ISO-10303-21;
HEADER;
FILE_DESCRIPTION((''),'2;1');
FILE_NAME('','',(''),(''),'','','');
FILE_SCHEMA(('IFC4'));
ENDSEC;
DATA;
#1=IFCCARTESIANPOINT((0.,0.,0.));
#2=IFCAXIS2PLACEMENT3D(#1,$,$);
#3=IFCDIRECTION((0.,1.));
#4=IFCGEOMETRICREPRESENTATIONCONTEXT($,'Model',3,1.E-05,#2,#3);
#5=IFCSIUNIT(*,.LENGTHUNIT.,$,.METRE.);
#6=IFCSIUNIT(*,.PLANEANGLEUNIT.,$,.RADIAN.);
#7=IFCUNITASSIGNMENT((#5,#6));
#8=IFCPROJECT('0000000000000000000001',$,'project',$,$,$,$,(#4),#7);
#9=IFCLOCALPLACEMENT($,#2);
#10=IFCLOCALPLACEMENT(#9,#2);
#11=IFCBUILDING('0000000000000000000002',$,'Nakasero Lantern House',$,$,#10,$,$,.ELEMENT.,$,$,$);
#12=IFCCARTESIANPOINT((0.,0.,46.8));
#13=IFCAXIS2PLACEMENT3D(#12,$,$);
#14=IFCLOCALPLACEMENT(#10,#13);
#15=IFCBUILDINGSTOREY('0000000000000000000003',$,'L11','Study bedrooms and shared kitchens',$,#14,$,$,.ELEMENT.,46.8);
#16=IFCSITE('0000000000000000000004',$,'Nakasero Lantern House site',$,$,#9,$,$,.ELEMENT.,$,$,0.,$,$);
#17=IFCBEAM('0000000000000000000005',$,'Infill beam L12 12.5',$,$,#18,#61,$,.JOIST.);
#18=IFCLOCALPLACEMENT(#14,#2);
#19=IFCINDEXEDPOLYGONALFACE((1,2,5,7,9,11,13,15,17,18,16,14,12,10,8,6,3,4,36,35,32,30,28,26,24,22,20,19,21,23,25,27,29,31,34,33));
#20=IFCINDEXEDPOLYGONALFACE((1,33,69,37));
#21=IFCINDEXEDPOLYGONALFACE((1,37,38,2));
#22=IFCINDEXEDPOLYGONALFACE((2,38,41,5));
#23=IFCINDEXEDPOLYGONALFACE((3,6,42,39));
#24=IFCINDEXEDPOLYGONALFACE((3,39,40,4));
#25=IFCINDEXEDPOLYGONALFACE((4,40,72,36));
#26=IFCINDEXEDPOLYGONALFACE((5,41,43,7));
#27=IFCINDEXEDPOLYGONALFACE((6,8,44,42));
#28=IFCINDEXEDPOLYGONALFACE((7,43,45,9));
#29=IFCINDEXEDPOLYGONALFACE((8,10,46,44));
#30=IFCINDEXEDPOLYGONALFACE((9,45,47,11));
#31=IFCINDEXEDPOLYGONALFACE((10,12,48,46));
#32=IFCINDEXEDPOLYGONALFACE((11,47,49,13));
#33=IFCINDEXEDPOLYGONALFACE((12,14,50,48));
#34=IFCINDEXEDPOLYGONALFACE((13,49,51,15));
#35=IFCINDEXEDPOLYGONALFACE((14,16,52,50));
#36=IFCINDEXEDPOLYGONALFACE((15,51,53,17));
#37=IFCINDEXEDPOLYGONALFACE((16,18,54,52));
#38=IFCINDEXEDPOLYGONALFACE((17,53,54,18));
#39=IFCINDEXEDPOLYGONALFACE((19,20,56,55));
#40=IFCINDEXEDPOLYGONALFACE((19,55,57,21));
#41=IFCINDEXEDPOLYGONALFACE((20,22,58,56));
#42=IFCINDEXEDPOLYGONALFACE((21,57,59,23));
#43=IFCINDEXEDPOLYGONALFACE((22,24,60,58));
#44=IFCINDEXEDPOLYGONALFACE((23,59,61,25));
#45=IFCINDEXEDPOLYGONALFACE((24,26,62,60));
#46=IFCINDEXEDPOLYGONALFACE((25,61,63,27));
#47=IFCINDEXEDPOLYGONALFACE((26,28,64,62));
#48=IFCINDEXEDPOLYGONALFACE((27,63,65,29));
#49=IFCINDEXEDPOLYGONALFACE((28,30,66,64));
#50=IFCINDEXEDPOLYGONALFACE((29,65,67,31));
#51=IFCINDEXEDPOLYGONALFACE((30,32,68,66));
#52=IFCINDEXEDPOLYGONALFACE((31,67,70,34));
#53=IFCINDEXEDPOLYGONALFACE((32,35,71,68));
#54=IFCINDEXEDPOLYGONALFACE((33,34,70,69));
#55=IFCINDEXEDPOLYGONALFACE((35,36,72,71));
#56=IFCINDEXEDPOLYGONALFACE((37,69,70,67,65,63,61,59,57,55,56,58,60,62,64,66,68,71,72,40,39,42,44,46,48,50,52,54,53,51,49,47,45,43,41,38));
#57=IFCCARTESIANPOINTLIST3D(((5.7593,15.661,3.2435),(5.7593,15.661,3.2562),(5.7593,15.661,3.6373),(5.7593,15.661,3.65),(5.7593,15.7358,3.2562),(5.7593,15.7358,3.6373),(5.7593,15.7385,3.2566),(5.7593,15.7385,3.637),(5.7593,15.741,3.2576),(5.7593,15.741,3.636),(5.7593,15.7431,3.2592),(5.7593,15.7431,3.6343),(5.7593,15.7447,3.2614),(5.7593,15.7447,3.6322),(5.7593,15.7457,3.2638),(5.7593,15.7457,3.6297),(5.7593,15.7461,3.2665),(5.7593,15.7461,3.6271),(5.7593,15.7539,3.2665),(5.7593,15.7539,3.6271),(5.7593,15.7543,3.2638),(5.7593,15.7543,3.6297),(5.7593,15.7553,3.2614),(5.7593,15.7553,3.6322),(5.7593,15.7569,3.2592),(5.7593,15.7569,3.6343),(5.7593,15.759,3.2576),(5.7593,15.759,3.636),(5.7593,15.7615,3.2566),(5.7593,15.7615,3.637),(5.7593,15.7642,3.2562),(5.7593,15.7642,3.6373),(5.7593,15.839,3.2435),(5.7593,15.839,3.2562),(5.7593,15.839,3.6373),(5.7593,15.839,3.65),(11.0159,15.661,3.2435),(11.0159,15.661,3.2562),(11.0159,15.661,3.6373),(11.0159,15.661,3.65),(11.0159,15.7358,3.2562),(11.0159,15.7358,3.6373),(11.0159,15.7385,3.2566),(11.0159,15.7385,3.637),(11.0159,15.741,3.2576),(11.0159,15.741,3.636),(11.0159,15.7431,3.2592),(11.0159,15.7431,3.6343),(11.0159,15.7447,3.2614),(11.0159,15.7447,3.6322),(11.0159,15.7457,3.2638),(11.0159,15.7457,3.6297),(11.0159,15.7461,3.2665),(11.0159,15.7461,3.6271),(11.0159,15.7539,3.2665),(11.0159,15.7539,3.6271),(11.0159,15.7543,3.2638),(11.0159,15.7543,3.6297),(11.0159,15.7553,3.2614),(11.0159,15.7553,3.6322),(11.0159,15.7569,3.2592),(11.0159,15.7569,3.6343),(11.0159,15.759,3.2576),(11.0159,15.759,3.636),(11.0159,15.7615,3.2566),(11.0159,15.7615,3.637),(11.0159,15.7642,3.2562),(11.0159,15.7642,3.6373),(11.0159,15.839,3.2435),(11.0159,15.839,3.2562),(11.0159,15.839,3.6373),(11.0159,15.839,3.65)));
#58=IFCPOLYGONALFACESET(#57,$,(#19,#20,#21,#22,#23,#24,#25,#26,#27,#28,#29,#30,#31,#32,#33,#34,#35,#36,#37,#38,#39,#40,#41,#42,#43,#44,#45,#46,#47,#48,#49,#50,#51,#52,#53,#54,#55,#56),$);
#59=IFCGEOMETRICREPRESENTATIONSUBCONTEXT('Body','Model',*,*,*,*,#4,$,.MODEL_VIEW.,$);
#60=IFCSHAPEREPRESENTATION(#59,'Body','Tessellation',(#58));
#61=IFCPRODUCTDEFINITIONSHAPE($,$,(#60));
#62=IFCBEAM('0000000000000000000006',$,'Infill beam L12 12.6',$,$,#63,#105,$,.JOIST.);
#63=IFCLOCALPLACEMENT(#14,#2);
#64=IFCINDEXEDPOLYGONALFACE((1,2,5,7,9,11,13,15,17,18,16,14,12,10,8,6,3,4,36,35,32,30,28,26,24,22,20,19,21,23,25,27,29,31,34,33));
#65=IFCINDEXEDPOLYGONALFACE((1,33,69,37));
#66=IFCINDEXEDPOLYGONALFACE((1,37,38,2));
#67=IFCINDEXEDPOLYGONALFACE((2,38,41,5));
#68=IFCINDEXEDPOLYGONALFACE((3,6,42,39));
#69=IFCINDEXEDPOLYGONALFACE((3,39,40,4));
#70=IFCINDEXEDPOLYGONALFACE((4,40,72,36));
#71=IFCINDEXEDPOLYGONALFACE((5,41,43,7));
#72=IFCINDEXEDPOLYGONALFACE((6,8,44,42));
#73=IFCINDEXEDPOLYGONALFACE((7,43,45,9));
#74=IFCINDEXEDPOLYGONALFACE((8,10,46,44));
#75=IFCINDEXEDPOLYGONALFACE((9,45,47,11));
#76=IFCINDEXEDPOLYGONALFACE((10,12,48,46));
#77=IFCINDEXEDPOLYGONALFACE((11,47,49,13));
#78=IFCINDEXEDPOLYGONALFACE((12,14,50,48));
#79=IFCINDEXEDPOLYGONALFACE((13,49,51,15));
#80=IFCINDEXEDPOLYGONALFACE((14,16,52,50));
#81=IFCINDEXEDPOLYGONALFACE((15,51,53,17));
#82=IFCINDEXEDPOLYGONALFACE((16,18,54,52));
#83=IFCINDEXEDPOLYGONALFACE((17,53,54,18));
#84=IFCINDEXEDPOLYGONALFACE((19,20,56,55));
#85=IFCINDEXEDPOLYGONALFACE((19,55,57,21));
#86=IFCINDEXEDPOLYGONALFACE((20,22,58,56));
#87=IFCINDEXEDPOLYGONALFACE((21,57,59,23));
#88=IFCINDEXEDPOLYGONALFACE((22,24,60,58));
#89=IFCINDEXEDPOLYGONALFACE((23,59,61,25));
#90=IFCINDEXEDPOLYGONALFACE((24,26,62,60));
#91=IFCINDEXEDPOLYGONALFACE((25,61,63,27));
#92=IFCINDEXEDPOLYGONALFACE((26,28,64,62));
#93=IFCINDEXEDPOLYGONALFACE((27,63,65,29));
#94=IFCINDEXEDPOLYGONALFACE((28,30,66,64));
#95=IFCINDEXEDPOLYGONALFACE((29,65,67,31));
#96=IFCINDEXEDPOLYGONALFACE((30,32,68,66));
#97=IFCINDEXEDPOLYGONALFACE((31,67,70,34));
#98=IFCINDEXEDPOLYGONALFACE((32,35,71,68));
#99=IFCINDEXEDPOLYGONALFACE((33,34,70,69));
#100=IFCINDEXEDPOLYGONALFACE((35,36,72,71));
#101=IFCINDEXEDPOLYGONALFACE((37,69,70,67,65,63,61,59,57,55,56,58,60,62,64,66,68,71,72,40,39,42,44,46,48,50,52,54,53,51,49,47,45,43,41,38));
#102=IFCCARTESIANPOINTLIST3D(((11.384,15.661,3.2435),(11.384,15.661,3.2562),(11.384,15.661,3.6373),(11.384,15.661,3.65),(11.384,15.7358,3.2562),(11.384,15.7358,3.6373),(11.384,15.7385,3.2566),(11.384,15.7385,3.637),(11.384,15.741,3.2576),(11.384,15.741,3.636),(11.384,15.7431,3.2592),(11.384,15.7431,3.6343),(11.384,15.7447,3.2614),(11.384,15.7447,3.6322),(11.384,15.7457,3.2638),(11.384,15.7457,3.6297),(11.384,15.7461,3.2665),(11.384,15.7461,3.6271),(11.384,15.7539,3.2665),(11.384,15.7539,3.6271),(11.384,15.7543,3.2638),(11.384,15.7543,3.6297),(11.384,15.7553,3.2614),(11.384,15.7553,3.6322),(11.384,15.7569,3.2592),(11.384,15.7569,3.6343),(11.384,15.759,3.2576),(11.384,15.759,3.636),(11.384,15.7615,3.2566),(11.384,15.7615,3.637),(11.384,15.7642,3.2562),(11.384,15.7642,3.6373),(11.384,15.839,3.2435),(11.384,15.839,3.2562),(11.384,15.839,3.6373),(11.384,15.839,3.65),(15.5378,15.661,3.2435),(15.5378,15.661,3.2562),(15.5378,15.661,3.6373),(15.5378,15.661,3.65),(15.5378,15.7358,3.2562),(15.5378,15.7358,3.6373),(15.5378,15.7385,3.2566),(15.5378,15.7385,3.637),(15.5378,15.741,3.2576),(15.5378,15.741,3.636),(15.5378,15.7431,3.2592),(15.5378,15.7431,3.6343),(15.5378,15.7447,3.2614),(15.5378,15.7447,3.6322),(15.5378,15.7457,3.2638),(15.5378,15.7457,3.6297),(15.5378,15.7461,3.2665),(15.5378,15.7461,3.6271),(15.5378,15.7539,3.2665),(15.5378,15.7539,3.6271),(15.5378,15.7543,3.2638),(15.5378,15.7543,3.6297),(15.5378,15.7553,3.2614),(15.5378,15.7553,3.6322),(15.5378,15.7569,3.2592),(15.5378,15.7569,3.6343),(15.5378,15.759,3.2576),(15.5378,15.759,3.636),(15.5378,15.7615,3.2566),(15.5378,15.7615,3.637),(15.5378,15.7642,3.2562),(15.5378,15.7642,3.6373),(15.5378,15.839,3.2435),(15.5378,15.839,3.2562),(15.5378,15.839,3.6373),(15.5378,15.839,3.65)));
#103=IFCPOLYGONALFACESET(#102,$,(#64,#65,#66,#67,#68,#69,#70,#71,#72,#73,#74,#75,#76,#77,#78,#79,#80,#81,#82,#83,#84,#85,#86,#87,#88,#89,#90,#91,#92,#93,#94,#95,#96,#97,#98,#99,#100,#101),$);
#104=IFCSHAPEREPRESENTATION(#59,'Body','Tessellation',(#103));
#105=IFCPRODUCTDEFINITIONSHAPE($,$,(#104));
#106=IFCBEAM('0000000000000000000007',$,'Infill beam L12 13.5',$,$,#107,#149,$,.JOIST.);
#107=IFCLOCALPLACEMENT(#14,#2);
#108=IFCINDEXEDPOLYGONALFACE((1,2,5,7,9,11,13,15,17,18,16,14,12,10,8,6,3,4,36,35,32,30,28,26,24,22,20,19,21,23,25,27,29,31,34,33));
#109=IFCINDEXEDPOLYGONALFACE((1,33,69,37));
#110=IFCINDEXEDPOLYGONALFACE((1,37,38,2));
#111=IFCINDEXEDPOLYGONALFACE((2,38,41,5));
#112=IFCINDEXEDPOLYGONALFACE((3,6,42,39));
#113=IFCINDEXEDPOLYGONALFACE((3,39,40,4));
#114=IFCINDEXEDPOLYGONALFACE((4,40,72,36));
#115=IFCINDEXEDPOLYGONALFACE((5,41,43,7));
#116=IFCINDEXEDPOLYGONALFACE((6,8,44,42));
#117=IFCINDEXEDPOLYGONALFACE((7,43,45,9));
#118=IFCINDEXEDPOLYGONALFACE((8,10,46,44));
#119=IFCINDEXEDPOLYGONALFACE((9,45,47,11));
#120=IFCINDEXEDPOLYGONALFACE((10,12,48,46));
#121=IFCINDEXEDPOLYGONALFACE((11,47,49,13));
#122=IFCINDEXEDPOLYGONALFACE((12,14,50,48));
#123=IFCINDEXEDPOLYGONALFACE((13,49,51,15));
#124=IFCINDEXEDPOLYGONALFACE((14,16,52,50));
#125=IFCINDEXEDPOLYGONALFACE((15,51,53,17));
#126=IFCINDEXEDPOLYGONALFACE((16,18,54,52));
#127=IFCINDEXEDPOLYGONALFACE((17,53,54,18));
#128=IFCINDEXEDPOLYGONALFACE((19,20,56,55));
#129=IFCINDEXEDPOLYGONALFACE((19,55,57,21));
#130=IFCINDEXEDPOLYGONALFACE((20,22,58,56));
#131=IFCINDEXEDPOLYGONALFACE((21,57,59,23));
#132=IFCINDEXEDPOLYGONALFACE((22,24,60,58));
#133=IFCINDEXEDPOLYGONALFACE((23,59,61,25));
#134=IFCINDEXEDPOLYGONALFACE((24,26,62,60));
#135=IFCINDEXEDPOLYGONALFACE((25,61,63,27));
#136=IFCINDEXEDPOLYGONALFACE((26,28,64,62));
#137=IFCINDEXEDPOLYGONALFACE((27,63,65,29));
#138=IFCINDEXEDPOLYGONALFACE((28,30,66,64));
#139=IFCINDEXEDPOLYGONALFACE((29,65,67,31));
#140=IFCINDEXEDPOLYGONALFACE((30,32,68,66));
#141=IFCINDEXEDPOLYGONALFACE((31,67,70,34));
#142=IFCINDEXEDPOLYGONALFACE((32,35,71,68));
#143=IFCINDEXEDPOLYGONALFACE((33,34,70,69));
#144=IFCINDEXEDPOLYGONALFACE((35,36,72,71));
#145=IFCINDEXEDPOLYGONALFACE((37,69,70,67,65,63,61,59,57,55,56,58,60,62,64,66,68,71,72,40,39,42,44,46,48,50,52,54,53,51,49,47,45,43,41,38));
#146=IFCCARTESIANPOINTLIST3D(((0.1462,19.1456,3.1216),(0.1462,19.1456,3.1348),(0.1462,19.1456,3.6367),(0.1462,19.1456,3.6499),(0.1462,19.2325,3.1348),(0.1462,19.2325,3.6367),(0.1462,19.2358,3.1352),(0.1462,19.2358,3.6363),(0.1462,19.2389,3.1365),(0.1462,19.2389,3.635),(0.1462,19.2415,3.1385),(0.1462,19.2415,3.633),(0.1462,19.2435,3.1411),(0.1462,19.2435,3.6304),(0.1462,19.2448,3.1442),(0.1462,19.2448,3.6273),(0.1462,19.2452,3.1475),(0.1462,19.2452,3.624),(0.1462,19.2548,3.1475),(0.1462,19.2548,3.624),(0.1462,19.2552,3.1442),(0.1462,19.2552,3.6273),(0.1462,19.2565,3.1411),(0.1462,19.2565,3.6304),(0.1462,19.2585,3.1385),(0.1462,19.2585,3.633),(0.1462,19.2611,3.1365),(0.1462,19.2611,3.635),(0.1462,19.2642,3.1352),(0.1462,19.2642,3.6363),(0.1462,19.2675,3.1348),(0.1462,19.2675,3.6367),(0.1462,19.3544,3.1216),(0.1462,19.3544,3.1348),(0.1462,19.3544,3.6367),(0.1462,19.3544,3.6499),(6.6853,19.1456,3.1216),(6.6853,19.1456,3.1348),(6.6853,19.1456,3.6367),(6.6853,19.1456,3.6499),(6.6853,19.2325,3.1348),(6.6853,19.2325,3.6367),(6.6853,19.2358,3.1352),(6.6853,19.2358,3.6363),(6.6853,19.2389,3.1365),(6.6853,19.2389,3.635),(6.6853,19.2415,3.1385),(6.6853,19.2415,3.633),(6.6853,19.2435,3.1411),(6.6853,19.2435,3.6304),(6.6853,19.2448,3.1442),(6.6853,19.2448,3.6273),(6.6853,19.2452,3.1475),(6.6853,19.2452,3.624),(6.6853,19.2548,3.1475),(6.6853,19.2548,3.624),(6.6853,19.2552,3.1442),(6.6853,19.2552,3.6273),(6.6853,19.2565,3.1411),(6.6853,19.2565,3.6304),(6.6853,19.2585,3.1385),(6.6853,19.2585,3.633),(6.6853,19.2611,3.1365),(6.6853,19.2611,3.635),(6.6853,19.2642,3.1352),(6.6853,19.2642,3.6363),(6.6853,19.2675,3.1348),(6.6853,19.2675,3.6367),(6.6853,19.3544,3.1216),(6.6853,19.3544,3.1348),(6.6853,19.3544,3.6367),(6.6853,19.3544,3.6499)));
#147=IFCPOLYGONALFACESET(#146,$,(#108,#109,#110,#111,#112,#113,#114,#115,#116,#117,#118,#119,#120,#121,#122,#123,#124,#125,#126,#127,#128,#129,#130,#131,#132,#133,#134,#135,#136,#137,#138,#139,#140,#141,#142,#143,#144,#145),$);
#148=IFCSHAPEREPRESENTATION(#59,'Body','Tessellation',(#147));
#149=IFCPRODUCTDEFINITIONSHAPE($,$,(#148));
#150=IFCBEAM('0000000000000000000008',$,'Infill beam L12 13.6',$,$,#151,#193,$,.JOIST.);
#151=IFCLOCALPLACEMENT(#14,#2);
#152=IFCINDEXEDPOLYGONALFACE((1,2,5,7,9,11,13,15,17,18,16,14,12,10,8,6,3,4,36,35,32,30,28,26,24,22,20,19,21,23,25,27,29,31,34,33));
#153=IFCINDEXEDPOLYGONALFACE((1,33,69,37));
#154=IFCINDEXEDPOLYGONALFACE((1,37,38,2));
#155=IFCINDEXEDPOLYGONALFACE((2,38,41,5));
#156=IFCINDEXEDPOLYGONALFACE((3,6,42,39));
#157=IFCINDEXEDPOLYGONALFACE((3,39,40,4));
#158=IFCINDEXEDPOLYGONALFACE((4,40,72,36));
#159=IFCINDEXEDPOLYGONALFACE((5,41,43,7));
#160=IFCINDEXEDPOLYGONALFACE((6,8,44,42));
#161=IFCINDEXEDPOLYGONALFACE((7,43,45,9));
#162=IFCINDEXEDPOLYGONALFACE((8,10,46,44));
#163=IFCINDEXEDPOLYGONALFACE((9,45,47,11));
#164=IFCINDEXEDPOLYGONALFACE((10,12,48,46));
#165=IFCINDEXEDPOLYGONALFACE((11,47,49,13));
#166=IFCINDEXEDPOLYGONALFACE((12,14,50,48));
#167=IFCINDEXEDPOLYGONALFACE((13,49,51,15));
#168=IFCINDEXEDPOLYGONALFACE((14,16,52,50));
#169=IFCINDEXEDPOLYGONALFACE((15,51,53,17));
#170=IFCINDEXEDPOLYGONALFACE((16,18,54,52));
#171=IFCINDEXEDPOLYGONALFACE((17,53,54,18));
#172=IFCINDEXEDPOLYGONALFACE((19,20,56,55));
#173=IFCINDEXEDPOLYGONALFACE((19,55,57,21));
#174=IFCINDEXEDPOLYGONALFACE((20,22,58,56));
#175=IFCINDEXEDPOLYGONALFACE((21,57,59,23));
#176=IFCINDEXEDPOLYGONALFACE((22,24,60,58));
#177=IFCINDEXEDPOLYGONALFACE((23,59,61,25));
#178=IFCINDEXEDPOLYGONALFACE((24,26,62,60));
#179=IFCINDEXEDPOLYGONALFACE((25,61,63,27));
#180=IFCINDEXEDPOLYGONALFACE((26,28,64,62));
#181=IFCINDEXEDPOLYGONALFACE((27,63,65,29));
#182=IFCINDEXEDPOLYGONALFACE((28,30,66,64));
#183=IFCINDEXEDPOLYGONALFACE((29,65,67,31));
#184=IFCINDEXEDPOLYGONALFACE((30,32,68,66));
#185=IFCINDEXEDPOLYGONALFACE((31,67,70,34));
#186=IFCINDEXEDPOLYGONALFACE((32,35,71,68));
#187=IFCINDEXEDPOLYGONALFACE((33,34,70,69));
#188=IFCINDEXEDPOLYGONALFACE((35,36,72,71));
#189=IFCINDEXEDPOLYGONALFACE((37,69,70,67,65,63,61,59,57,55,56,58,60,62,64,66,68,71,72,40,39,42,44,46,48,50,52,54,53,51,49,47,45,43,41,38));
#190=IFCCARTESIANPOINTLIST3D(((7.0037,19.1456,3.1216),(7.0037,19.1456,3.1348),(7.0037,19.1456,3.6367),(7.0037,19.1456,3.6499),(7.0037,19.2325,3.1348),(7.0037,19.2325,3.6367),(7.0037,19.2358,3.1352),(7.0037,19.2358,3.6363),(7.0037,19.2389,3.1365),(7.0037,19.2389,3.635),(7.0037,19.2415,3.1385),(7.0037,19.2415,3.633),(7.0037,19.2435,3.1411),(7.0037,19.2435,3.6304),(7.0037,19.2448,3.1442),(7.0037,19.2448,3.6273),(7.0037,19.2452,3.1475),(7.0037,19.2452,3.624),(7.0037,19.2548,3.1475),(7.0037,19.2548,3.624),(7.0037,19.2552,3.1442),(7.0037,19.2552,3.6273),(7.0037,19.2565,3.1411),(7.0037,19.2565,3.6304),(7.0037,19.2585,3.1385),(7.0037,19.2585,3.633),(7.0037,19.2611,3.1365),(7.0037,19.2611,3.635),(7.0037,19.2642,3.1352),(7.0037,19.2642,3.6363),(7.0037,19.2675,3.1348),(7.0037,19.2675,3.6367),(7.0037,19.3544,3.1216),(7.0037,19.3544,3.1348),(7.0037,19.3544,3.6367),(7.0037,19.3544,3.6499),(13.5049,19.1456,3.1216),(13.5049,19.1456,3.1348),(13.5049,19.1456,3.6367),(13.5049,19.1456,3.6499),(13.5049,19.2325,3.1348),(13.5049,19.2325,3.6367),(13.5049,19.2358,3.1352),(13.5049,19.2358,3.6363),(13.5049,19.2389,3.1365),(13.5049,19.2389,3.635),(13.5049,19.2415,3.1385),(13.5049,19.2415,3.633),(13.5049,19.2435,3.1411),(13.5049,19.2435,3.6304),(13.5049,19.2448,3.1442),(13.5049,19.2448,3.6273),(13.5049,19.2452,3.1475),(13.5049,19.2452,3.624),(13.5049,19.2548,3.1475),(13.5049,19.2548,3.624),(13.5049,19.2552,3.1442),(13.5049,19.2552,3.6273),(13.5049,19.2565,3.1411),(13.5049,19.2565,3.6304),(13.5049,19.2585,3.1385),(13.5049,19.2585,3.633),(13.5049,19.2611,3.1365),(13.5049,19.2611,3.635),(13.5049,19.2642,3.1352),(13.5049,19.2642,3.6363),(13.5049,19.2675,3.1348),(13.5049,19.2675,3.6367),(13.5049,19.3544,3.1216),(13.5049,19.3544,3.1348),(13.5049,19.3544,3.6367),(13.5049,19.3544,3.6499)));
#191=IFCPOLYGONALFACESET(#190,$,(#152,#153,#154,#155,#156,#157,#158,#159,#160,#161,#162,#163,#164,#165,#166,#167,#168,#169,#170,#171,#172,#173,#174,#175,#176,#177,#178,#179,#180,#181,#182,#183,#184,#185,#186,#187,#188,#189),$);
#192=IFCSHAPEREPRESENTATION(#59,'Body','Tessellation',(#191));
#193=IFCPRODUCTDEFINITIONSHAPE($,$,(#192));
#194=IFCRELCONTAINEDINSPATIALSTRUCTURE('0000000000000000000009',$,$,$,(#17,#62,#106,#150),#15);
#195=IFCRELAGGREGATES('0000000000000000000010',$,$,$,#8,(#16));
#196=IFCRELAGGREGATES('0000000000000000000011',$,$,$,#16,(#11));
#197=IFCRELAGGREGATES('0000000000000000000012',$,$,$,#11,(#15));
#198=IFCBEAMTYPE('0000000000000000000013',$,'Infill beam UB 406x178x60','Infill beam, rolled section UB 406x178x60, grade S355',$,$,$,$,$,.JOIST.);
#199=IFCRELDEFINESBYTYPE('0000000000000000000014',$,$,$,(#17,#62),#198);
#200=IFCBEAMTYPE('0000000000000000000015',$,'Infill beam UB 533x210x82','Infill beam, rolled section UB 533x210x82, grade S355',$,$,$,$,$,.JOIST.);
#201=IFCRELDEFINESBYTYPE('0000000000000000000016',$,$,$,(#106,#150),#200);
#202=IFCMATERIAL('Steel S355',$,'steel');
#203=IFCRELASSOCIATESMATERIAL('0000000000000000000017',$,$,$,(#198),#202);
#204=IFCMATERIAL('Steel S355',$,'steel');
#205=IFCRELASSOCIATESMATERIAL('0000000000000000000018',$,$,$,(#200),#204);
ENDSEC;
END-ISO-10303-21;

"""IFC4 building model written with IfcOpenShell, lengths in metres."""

from ifc_helpers import new_model, si_unit, direction, frame, origin, origin_2d, place, context, subcontext, project, spatial, i_section, extrude, material, material_profile, profile_set, type_object, element, save


model = new_model("IFC4")

# Units and contexts
model_context = context("Model", 3, precision=1e-05, world=origin(), true_north=direction((0.0, 1.0)))
body_context = subcontext(model_context, "Body", "Model", "MODEL_VIEW")
ifc_project = project(units=[si_unit("LENGTHUNIT", "METRE"), si_unit("PLANEANGLEUNIT", "RADIAN")], contexts=[model_context])

# Site, building, storey
site_placement = place(None, origin())
site = spatial("IfcSite", under=ifc_project, at=site_placement, Name="Nakasero Lantern House site", CompositionType="ELEMENT", RefElevation=0.0)
building_placement = place(site_placement, origin())
building = spatial("IfcBuilding", under=site, at=building_placement, Name="Nakasero Lantern House", CompositionType="ELEMENT")
storey_placement = place(building_placement, frame((0.0, 0.0, 46.8)))
storey = spatial("IfcBuildingStorey", under=building, at=storey_placement, Name="L11", Description="Study bedrooms and shared kitchens", CompositionType="ELEMENT", Elevation=46.8)

# Beams
ifc_material_1 = material(Name="Steel S355", Category="steel")
ifc_material_profile_1 = material_profile(ifc_material_1, i_section(OverallWidth=0.178, OverallDepth=0.4065, WebThickness=0.0078, FlangeThickness=0.0127, FilletRadius=0.0103, at=origin_2d()), Name="UB 406x178x60")
ifc_profile_set_1 = profile_set([ifc_material_profile_1], Name="Steel S355")
beam_type_1 = type_object("IfcBeamType", Name="Infill beam UB 406x178x60", Description="Infill beam, rolled section UB 406x178x60, grade S355", PredefinedType="JOIST", material=ifc_profile_set_1)
beam_1_placement = place(storey_placement, frame((5.7593, 15.75, 3.4468), z_axis=(1.0, 0.0, 0.0), x_axis=(0.0, 1.0, 0.0)))
element("IfcBeam", 1, at=beam_1_placement, inside=storey, type_object=beam_type_1, Name="Infill beam L12 12.5", PredefinedType="JOIST", context=body_context, shape_type="SweptSolid", body=[
    extrude(i_section(OverallWidth=0.178, OverallDepth=0.4065, WebThickness=0.0078, FlangeThickness=0.0127, FilletRadius=0.0103, at=origin_2d()), origin(), (0.0, 0.0, 1.0), 5.2566),
])
beam_2_placement = place(storey_placement, frame((11.384, 15.75, 3.4468), z_axis=(1.0, 0.0, 0.0), x_axis=(0.0, 1.0, 0.0)))
element("IfcBeam", 2, at=beam_2_placement, inside=storey, type_object=beam_type_1, Name="Infill beam L12 12.6", PredefinedType="JOIST", context=body_context, shape_type="SweptSolid", body=[
    extrude(i_section(OverallWidth=0.178, OverallDepth=0.4065, WebThickness=0.0078, FlangeThickness=0.0127, FilletRadius=0.0103, at=origin_2d()), origin(), (0.0, 0.0, 1.0), 4.1538),
])
ifc_material_2 = material(Name="Steel S355", Category="steel")
ifc_material_profile_2 = material_profile(ifc_material_2, i_section(OverallWidth=0.2087, OverallDepth=0.5283, WebThickness=0.0095, FlangeThickness=0.0132, FilletRadius=0.0127, at=origin_2d()), Name="UB 533x210x82")
ifc_profile_set_2 = profile_set([ifc_material_profile_2], Name="Steel S355")
beam_type_2 = type_object("IfcBeamType", Name="Infill beam UB 533x210x82", Description="Infill beam, rolled section UB 533x210x82, grade S355", PredefinedType="JOIST", material=ifc_profile_set_2)
beam_3_placement = place(storey_placement, frame((0.1462, 19.25, 3.3857), z_axis=(1.0, 0.0, 0.0), x_axis=(0.0, 1.0, 0.0)))
element("IfcBeam", 3, at=beam_3_placement, inside=storey, type_object=beam_type_2, Name="Infill beam L12 13.5", PredefinedType="JOIST", context=body_context, shape_type="SweptSolid", body=[
    extrude(i_section(OverallWidth=0.2087, OverallDepth=0.5283, WebThickness=0.0095, FlangeThickness=0.0132, FilletRadius=0.0127, at=origin_2d()), origin(), (0.0, 0.0, 1.0), 6.5391),
])
beam_4_placement = place(storey_placement, frame((7.0037, 19.25, 3.3857), z_axis=(1.0, 0.0, 0.0), x_axis=(0.0, 1.0, 0.0)))
element("IfcBeam", 4, at=beam_4_placement, inside=storey, type_object=beam_type_2, Name="Infill beam L12 13.6", PredefinedType="JOIST", context=body_context, shape_type="SweptSolid", body=[
    extrude(i_section(OverallWidth=0.2087, OverallDepth=0.5283, WebThickness=0.0095, FlangeThickness=0.0132, FilletRadius=0.0127, at=origin_2d()), origin(), (0.0, 0.0, 1.0), 6.5012),
])

save(model, "model.ifc")
